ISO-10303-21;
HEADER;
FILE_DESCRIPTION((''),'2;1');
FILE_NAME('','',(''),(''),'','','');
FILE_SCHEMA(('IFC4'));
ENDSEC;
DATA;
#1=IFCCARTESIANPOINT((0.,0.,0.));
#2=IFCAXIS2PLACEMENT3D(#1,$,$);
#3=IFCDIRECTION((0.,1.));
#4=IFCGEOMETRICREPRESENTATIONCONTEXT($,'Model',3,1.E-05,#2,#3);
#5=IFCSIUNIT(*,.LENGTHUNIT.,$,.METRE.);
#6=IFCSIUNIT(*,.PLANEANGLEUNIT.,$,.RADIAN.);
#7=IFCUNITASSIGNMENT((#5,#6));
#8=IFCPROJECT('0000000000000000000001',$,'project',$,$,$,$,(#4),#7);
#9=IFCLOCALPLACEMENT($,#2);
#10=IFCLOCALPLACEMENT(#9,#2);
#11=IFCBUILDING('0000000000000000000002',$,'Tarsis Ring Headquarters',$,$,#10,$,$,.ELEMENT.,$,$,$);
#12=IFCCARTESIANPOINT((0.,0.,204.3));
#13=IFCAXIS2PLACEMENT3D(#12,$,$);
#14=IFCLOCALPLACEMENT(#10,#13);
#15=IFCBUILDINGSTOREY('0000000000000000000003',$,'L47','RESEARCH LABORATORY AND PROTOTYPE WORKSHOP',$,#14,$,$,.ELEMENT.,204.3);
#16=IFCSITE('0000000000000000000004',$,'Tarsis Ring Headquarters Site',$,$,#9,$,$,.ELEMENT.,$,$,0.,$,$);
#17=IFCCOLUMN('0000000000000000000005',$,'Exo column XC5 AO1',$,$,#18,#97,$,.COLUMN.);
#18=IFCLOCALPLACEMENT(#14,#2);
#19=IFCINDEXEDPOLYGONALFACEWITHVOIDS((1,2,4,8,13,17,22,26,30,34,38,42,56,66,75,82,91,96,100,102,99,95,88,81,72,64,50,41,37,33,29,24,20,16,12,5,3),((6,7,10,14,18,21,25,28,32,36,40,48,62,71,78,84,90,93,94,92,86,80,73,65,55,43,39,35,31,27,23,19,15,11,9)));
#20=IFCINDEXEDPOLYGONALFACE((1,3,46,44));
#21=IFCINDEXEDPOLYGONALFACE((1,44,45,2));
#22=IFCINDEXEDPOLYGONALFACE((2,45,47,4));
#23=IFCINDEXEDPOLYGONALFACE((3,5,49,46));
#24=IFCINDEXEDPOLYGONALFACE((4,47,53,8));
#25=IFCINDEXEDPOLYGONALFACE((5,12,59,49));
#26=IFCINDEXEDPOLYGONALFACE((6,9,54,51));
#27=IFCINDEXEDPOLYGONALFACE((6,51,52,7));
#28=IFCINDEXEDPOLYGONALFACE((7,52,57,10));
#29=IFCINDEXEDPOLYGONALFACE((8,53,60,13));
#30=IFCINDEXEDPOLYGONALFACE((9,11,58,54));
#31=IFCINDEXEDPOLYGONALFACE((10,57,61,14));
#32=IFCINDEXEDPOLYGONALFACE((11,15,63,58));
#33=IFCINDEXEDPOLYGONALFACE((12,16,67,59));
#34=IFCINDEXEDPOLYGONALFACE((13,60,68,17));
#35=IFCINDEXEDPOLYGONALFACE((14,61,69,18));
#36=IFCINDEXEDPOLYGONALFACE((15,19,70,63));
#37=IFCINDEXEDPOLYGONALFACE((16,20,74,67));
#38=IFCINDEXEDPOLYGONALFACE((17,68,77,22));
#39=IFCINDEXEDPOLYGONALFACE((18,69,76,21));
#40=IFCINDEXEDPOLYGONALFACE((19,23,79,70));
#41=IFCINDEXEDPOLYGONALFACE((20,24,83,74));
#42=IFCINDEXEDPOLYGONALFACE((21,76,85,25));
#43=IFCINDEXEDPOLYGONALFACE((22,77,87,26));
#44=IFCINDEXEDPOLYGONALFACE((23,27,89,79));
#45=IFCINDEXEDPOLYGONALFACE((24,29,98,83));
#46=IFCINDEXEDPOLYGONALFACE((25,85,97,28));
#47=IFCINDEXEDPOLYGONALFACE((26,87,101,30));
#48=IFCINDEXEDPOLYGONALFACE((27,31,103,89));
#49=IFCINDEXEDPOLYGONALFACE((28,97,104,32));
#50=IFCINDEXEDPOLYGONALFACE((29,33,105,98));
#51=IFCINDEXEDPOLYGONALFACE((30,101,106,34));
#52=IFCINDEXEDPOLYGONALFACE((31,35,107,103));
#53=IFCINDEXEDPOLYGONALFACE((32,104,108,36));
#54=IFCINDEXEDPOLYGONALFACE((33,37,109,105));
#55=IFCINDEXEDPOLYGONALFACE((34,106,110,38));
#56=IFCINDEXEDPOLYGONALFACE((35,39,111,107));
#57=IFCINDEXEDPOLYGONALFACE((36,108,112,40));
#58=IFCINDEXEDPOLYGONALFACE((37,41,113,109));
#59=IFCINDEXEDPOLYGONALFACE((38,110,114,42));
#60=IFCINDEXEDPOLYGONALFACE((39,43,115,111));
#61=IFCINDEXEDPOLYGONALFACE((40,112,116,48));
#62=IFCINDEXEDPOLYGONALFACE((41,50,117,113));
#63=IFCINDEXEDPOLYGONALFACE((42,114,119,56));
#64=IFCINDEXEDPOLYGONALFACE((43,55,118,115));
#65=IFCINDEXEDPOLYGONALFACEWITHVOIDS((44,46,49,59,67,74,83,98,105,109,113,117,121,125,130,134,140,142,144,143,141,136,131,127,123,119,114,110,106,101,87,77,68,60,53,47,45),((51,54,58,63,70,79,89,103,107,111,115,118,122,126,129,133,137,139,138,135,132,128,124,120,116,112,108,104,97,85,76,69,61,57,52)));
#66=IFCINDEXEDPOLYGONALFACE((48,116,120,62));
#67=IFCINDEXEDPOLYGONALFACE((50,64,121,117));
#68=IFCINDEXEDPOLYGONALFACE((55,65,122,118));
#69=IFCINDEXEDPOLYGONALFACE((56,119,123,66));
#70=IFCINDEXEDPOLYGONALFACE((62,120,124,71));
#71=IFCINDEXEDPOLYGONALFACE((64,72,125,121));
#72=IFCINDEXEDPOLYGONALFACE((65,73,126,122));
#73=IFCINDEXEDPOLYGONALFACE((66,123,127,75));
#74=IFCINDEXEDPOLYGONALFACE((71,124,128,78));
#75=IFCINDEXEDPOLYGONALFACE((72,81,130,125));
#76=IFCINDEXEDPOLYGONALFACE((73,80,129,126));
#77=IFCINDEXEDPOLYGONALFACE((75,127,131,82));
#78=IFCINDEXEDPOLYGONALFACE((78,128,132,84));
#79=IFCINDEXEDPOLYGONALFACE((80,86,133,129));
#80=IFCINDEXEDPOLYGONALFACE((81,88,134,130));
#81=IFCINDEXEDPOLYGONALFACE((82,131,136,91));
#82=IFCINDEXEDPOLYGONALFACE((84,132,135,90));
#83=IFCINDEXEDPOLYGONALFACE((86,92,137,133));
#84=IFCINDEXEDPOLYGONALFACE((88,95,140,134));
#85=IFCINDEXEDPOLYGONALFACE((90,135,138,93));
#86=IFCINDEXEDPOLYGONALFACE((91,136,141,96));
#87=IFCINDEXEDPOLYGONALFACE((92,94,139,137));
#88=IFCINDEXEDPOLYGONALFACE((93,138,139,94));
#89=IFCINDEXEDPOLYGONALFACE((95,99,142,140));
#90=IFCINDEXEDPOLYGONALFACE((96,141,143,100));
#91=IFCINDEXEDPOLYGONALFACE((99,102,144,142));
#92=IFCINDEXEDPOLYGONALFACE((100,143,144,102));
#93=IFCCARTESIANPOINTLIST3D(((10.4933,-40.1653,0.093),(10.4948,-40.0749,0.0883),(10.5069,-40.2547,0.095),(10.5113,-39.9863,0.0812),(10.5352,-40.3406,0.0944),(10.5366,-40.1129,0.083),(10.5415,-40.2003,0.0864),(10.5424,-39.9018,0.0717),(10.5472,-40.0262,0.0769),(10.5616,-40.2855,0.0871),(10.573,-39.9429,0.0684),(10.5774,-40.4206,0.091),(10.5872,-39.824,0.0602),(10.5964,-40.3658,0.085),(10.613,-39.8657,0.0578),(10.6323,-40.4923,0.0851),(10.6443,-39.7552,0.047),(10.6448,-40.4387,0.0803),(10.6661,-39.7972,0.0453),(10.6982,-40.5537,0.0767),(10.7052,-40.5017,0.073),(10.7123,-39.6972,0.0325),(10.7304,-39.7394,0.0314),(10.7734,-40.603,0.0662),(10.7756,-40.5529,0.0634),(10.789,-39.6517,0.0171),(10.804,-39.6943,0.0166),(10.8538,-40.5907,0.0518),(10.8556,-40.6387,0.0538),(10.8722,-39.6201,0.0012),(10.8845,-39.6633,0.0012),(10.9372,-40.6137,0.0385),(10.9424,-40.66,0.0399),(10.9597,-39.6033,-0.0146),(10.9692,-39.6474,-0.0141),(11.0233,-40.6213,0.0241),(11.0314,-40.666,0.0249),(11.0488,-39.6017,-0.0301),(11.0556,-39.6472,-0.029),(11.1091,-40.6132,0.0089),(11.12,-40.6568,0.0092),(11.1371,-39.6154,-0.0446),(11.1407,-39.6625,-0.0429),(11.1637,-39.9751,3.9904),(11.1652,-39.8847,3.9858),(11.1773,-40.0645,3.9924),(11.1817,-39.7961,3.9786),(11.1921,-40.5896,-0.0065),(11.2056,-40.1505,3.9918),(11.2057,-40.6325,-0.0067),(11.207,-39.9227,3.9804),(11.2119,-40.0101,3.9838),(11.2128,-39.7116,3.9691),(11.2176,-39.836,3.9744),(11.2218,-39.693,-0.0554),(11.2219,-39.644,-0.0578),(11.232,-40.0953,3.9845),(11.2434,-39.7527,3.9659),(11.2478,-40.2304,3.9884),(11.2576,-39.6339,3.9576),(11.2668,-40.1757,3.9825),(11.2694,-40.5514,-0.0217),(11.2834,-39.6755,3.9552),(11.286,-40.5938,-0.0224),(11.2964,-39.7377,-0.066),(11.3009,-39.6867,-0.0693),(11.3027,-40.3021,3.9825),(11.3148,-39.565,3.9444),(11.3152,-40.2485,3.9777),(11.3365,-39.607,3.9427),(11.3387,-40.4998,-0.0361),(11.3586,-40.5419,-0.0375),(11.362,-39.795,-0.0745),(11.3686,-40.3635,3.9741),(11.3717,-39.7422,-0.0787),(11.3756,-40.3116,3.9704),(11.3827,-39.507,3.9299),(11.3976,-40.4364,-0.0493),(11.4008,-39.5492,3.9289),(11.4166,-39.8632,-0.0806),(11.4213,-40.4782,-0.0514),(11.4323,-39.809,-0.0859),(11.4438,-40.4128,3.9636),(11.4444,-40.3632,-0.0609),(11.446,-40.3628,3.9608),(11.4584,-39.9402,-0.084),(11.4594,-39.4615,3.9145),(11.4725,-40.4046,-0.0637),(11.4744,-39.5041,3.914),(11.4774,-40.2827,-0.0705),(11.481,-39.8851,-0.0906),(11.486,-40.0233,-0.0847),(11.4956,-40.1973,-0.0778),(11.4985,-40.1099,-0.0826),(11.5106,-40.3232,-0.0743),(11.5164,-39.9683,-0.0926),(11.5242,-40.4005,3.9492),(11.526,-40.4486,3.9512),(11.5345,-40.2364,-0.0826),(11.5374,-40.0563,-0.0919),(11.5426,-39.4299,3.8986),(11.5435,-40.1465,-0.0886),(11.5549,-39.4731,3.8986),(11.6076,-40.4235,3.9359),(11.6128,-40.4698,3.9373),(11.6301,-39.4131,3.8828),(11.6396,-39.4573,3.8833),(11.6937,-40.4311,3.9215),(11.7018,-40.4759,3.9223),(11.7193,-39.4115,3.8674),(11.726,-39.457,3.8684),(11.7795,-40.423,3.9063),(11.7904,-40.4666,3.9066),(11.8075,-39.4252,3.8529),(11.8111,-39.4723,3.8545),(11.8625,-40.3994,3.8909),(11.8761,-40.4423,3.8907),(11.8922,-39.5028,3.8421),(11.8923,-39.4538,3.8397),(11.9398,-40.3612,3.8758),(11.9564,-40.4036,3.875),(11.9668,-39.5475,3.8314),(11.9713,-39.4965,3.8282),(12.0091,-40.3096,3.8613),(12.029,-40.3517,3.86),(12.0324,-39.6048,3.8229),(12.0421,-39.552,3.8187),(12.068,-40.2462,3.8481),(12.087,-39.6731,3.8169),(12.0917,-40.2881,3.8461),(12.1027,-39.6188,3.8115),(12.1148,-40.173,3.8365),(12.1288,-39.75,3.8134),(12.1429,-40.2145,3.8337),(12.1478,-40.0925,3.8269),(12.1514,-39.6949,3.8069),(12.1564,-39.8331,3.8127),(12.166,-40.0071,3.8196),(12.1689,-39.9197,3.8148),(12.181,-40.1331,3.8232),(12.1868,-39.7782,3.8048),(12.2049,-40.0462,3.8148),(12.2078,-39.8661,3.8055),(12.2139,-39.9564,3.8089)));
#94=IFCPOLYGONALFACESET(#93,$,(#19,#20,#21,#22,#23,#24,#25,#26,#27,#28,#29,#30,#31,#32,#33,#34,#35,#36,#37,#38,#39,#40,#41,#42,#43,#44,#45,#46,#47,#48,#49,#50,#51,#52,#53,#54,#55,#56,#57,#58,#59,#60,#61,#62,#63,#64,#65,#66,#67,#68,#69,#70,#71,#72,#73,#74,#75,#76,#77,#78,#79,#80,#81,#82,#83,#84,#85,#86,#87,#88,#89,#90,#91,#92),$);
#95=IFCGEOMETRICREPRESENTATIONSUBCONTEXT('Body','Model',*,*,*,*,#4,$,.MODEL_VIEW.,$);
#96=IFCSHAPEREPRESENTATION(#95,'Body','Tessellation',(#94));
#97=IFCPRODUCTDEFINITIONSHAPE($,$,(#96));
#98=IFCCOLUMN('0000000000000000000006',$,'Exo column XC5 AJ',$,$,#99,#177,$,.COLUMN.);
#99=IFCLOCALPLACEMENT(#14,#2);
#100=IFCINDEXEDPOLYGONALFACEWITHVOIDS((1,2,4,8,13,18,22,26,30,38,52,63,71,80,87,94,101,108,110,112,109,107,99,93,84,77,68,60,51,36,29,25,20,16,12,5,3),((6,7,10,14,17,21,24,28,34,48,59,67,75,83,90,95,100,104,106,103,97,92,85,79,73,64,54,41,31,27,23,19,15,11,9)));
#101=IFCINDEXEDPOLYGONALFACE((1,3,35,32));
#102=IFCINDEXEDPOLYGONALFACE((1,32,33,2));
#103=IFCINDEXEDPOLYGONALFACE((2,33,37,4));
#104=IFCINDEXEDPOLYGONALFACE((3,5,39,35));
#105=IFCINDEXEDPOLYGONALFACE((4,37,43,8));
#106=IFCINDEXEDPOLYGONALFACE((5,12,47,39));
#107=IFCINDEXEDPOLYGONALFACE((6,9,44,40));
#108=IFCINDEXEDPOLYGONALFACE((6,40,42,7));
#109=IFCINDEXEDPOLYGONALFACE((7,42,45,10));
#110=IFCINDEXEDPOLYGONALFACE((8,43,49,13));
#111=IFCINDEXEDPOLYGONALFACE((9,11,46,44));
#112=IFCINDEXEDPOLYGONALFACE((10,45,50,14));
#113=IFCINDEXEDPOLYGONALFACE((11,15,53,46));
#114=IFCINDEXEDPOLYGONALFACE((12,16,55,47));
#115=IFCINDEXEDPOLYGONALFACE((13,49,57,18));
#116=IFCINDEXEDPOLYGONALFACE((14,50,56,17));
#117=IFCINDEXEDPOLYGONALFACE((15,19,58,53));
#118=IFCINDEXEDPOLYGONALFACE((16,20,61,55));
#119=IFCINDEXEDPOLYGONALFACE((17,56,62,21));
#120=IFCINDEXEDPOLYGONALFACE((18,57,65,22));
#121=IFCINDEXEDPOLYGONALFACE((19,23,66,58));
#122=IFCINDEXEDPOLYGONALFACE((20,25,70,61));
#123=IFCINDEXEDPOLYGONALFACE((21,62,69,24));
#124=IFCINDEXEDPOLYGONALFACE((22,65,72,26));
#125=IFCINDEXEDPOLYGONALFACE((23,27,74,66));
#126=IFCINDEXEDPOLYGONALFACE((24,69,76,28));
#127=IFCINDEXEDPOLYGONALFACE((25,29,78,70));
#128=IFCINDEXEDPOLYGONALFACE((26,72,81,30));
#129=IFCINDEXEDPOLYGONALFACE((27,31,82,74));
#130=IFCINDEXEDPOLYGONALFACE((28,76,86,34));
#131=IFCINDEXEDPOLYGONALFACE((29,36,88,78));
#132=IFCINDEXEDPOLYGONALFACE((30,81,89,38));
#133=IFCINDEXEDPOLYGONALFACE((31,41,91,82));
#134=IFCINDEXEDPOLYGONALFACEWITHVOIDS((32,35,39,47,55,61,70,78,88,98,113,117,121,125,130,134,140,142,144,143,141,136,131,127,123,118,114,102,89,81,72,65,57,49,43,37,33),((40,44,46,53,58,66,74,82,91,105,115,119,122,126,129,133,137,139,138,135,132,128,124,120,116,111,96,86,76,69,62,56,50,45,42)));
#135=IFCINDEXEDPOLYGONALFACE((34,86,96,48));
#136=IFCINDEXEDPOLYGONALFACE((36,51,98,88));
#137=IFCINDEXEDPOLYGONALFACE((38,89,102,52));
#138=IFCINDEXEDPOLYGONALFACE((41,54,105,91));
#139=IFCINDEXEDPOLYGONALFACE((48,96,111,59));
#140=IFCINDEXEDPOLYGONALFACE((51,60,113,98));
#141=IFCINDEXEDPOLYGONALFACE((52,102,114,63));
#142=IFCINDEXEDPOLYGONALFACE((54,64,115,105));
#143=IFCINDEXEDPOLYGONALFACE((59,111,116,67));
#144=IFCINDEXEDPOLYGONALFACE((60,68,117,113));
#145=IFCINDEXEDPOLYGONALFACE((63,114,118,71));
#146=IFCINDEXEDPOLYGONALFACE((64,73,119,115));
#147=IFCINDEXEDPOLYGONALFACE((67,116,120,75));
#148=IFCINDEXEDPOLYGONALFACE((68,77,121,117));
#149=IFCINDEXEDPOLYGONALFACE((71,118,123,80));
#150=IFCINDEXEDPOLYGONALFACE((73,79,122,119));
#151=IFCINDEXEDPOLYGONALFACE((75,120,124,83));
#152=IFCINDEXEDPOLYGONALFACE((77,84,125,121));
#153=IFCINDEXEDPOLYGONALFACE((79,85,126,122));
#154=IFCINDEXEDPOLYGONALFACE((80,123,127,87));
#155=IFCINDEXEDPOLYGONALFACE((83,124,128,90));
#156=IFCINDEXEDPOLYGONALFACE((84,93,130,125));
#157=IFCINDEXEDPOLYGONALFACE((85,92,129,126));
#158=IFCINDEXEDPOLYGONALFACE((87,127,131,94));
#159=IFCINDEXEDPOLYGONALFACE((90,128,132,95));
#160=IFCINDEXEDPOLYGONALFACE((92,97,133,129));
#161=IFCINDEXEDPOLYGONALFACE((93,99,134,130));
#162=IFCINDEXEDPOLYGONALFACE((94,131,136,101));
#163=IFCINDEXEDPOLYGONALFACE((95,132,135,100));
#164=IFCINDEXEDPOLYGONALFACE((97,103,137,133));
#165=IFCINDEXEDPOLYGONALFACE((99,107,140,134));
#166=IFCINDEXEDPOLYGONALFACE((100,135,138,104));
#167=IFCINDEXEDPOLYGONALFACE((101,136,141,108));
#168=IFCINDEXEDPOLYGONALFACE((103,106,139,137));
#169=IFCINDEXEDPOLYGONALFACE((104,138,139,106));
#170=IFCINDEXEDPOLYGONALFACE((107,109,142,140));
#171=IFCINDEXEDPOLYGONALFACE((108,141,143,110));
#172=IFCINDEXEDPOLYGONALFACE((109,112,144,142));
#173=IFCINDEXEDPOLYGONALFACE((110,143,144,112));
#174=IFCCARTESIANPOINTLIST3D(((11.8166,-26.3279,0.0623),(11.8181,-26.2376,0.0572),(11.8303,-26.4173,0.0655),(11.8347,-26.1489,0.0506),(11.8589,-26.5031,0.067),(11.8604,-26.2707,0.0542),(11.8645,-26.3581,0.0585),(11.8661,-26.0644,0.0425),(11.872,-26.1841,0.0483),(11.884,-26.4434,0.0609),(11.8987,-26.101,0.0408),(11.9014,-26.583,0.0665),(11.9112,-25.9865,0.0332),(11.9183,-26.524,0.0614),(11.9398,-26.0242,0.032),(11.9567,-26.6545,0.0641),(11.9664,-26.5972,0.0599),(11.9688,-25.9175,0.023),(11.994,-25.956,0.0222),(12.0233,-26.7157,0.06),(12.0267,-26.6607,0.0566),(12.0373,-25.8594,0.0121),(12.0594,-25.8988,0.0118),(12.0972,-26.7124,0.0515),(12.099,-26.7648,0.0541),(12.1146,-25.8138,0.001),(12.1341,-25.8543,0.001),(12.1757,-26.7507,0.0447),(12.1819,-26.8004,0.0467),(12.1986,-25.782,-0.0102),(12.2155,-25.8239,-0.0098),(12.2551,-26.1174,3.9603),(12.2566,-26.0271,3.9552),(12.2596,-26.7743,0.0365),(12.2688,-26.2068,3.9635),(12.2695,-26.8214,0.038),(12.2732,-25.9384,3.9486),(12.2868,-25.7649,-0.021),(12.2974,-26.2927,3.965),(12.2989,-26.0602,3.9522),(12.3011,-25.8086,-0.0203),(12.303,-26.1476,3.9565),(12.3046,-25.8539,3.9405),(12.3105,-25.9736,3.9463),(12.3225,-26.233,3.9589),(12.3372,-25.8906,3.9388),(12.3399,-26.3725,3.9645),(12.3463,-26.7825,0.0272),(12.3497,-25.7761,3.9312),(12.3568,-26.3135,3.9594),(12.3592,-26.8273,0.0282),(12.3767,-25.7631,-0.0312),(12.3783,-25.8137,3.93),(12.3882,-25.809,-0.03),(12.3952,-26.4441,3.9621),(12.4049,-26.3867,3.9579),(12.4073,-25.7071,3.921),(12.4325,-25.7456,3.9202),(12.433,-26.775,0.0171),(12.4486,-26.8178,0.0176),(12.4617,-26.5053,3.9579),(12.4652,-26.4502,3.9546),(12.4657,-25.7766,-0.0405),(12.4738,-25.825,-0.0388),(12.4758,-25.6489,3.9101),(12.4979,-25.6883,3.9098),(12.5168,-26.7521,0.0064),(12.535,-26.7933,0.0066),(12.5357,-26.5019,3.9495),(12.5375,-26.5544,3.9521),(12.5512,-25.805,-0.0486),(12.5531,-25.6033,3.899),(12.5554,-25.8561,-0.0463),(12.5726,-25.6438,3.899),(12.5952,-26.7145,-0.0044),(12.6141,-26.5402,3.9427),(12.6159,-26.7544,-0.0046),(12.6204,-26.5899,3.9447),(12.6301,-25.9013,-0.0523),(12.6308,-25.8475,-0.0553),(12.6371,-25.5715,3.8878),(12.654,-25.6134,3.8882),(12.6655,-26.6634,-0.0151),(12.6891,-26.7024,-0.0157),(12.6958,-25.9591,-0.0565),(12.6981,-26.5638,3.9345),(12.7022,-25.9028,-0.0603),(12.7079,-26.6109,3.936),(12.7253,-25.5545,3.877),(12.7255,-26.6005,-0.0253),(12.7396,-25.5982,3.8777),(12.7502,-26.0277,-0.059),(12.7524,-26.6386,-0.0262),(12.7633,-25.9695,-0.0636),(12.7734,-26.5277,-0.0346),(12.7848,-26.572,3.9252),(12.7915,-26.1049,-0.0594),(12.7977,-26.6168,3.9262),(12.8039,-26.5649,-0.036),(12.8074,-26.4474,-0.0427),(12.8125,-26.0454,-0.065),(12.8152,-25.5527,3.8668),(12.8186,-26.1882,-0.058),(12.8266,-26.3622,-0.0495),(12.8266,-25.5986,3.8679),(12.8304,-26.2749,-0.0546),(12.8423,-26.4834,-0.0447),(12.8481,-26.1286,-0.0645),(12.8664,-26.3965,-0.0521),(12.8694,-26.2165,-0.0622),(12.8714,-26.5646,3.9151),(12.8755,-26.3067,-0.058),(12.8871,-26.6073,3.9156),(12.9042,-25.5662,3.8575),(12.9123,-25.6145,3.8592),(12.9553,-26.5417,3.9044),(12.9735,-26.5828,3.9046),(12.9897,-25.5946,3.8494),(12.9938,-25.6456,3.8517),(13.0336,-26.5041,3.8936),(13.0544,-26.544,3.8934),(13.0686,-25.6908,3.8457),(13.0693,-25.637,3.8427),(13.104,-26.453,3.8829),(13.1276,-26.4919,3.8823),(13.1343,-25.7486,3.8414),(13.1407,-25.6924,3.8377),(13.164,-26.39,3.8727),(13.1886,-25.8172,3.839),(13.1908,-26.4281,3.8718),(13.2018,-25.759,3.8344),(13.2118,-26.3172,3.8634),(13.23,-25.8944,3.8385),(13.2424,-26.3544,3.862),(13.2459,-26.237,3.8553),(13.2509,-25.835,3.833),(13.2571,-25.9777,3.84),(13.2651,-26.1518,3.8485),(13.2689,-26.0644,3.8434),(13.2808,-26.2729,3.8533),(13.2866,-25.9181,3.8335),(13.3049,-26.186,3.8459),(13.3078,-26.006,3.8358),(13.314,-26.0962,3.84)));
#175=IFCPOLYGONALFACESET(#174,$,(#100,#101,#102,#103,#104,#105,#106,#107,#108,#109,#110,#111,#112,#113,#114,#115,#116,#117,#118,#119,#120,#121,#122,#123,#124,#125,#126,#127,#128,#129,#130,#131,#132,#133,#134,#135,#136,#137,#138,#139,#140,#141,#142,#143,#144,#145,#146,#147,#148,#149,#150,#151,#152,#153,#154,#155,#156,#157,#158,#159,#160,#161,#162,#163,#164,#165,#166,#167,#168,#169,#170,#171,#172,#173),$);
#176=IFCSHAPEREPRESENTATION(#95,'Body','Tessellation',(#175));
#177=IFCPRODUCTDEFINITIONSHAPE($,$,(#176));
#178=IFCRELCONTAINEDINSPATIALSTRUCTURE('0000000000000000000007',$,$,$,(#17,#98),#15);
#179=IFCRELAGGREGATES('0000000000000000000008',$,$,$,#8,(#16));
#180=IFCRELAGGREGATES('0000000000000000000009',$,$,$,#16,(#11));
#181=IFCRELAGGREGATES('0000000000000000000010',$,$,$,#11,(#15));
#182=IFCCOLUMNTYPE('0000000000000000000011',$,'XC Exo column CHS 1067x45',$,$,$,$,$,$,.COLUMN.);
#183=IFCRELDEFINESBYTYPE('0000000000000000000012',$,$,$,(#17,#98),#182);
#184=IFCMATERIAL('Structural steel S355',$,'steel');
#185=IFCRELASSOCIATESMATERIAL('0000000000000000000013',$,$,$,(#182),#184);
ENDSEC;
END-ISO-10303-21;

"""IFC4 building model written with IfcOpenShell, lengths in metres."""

from ifc_helpers import new_model, si_unit, direction, frame, origin, origin_2d, place, context, subcontext, project, spatial, hollow_circle, extrude, material, material_profile, profile_set, type_object, element, save


model = new_model("IFC4")

# Units and contexts
model_context = context("Model", 3, precision=1e-05, world=origin(), true_north=direction((0.0, 1.0)))
body_context = subcontext(model_context, "Body", "Model", "MODEL_VIEW")
ifc_project = project(units=[si_unit("LENGTHUNIT", "METRE"), si_unit("PLANEANGLEUNIT", "RADIAN")], contexts=[model_context])

# Site, building, storey
site_placement = place(None, origin())
site = spatial("IfcSite", under=ifc_project, at=site_placement, Name="Tarsis Ring Headquarters Site", CompositionType="ELEMENT", RefElevation=0.0)
building_placement = place(site_placement, origin())
building = spatial("IfcBuilding", under=site, at=building_placement, Name="Tarsis Ring Headquarters", CompositionType="ELEMENT")
storey_placement = place(building_placement, frame((0.0, 0.0, 204.3)))
storey = spatial("IfcBuildingStorey", under=building, at=storey_placement, Name="L47", Description="RESEARCH LABORATORY AND PROTOTYPE WORKSHOP", CompositionType="ELEMENT", Elevation=204.3)

# Columns
ifc_material_1 = material(Name="Structural steel S355", Category="steel")
ifc_material_profile_1 = material_profile(ifc_material_1, hollow_circle(Radius=0.5334, WallThickness=0.0449, at=origin_2d()), Name="CHS 1067x45")
ifc_profile_set_1 = profile_set([ifc_material_profile_1], Name="Structural steel S355")
column_type = type_object("IfcColumnType", Name="XC Exo column CHS 1067x45", PredefinedType="COLUMN", material=ifc_profile_set_1)
column_placement = place(storey_placement, frame((11.0178, -40.1333, 0.0012), z_axis=(0.169327, 0.048036, 0.984389), x_axis=(-0.272916, 0.962038, 0.0)))
element("IfcColumn", 1, at=column_placement, inside=storey, type_object=column_type, Name="Exo column XC5 AO1", PredefinedType="COLUMN", context=body_context, shape_type="SweptSolid", body=[
    extrude(hollow_circle(Radius=0.5334, WallThickness=0.0449, at=origin_2d()), origin(), (0.0, 0.0, 1.0), 3.9592),
])
for number, where, z_axis, x_axis, name in (
    (2, (12.3455, -26.2947, 0.001), (0.111623, 0.053574, 0.992305), (-0.432698, 0.901539, 0.0), "Exo column XC5 AJ"),
):
    element("IfcColumn", number, at=place(storey_placement, frame(where, z_axis=z_axis, x_axis=x_axis)), inside=storey, type_object=column_type, Name=name, PredefinedType="COLUMN", context=body_context, shape_type="SweptSolid", body=[
        extrude(hollow_circle(Radius=0.5334, WallThickness=0.0449, at=origin_2d()), origin(), (0.0, 0.0, 1.0), 3.9282),
    ])

save(model, "model.ifc")
